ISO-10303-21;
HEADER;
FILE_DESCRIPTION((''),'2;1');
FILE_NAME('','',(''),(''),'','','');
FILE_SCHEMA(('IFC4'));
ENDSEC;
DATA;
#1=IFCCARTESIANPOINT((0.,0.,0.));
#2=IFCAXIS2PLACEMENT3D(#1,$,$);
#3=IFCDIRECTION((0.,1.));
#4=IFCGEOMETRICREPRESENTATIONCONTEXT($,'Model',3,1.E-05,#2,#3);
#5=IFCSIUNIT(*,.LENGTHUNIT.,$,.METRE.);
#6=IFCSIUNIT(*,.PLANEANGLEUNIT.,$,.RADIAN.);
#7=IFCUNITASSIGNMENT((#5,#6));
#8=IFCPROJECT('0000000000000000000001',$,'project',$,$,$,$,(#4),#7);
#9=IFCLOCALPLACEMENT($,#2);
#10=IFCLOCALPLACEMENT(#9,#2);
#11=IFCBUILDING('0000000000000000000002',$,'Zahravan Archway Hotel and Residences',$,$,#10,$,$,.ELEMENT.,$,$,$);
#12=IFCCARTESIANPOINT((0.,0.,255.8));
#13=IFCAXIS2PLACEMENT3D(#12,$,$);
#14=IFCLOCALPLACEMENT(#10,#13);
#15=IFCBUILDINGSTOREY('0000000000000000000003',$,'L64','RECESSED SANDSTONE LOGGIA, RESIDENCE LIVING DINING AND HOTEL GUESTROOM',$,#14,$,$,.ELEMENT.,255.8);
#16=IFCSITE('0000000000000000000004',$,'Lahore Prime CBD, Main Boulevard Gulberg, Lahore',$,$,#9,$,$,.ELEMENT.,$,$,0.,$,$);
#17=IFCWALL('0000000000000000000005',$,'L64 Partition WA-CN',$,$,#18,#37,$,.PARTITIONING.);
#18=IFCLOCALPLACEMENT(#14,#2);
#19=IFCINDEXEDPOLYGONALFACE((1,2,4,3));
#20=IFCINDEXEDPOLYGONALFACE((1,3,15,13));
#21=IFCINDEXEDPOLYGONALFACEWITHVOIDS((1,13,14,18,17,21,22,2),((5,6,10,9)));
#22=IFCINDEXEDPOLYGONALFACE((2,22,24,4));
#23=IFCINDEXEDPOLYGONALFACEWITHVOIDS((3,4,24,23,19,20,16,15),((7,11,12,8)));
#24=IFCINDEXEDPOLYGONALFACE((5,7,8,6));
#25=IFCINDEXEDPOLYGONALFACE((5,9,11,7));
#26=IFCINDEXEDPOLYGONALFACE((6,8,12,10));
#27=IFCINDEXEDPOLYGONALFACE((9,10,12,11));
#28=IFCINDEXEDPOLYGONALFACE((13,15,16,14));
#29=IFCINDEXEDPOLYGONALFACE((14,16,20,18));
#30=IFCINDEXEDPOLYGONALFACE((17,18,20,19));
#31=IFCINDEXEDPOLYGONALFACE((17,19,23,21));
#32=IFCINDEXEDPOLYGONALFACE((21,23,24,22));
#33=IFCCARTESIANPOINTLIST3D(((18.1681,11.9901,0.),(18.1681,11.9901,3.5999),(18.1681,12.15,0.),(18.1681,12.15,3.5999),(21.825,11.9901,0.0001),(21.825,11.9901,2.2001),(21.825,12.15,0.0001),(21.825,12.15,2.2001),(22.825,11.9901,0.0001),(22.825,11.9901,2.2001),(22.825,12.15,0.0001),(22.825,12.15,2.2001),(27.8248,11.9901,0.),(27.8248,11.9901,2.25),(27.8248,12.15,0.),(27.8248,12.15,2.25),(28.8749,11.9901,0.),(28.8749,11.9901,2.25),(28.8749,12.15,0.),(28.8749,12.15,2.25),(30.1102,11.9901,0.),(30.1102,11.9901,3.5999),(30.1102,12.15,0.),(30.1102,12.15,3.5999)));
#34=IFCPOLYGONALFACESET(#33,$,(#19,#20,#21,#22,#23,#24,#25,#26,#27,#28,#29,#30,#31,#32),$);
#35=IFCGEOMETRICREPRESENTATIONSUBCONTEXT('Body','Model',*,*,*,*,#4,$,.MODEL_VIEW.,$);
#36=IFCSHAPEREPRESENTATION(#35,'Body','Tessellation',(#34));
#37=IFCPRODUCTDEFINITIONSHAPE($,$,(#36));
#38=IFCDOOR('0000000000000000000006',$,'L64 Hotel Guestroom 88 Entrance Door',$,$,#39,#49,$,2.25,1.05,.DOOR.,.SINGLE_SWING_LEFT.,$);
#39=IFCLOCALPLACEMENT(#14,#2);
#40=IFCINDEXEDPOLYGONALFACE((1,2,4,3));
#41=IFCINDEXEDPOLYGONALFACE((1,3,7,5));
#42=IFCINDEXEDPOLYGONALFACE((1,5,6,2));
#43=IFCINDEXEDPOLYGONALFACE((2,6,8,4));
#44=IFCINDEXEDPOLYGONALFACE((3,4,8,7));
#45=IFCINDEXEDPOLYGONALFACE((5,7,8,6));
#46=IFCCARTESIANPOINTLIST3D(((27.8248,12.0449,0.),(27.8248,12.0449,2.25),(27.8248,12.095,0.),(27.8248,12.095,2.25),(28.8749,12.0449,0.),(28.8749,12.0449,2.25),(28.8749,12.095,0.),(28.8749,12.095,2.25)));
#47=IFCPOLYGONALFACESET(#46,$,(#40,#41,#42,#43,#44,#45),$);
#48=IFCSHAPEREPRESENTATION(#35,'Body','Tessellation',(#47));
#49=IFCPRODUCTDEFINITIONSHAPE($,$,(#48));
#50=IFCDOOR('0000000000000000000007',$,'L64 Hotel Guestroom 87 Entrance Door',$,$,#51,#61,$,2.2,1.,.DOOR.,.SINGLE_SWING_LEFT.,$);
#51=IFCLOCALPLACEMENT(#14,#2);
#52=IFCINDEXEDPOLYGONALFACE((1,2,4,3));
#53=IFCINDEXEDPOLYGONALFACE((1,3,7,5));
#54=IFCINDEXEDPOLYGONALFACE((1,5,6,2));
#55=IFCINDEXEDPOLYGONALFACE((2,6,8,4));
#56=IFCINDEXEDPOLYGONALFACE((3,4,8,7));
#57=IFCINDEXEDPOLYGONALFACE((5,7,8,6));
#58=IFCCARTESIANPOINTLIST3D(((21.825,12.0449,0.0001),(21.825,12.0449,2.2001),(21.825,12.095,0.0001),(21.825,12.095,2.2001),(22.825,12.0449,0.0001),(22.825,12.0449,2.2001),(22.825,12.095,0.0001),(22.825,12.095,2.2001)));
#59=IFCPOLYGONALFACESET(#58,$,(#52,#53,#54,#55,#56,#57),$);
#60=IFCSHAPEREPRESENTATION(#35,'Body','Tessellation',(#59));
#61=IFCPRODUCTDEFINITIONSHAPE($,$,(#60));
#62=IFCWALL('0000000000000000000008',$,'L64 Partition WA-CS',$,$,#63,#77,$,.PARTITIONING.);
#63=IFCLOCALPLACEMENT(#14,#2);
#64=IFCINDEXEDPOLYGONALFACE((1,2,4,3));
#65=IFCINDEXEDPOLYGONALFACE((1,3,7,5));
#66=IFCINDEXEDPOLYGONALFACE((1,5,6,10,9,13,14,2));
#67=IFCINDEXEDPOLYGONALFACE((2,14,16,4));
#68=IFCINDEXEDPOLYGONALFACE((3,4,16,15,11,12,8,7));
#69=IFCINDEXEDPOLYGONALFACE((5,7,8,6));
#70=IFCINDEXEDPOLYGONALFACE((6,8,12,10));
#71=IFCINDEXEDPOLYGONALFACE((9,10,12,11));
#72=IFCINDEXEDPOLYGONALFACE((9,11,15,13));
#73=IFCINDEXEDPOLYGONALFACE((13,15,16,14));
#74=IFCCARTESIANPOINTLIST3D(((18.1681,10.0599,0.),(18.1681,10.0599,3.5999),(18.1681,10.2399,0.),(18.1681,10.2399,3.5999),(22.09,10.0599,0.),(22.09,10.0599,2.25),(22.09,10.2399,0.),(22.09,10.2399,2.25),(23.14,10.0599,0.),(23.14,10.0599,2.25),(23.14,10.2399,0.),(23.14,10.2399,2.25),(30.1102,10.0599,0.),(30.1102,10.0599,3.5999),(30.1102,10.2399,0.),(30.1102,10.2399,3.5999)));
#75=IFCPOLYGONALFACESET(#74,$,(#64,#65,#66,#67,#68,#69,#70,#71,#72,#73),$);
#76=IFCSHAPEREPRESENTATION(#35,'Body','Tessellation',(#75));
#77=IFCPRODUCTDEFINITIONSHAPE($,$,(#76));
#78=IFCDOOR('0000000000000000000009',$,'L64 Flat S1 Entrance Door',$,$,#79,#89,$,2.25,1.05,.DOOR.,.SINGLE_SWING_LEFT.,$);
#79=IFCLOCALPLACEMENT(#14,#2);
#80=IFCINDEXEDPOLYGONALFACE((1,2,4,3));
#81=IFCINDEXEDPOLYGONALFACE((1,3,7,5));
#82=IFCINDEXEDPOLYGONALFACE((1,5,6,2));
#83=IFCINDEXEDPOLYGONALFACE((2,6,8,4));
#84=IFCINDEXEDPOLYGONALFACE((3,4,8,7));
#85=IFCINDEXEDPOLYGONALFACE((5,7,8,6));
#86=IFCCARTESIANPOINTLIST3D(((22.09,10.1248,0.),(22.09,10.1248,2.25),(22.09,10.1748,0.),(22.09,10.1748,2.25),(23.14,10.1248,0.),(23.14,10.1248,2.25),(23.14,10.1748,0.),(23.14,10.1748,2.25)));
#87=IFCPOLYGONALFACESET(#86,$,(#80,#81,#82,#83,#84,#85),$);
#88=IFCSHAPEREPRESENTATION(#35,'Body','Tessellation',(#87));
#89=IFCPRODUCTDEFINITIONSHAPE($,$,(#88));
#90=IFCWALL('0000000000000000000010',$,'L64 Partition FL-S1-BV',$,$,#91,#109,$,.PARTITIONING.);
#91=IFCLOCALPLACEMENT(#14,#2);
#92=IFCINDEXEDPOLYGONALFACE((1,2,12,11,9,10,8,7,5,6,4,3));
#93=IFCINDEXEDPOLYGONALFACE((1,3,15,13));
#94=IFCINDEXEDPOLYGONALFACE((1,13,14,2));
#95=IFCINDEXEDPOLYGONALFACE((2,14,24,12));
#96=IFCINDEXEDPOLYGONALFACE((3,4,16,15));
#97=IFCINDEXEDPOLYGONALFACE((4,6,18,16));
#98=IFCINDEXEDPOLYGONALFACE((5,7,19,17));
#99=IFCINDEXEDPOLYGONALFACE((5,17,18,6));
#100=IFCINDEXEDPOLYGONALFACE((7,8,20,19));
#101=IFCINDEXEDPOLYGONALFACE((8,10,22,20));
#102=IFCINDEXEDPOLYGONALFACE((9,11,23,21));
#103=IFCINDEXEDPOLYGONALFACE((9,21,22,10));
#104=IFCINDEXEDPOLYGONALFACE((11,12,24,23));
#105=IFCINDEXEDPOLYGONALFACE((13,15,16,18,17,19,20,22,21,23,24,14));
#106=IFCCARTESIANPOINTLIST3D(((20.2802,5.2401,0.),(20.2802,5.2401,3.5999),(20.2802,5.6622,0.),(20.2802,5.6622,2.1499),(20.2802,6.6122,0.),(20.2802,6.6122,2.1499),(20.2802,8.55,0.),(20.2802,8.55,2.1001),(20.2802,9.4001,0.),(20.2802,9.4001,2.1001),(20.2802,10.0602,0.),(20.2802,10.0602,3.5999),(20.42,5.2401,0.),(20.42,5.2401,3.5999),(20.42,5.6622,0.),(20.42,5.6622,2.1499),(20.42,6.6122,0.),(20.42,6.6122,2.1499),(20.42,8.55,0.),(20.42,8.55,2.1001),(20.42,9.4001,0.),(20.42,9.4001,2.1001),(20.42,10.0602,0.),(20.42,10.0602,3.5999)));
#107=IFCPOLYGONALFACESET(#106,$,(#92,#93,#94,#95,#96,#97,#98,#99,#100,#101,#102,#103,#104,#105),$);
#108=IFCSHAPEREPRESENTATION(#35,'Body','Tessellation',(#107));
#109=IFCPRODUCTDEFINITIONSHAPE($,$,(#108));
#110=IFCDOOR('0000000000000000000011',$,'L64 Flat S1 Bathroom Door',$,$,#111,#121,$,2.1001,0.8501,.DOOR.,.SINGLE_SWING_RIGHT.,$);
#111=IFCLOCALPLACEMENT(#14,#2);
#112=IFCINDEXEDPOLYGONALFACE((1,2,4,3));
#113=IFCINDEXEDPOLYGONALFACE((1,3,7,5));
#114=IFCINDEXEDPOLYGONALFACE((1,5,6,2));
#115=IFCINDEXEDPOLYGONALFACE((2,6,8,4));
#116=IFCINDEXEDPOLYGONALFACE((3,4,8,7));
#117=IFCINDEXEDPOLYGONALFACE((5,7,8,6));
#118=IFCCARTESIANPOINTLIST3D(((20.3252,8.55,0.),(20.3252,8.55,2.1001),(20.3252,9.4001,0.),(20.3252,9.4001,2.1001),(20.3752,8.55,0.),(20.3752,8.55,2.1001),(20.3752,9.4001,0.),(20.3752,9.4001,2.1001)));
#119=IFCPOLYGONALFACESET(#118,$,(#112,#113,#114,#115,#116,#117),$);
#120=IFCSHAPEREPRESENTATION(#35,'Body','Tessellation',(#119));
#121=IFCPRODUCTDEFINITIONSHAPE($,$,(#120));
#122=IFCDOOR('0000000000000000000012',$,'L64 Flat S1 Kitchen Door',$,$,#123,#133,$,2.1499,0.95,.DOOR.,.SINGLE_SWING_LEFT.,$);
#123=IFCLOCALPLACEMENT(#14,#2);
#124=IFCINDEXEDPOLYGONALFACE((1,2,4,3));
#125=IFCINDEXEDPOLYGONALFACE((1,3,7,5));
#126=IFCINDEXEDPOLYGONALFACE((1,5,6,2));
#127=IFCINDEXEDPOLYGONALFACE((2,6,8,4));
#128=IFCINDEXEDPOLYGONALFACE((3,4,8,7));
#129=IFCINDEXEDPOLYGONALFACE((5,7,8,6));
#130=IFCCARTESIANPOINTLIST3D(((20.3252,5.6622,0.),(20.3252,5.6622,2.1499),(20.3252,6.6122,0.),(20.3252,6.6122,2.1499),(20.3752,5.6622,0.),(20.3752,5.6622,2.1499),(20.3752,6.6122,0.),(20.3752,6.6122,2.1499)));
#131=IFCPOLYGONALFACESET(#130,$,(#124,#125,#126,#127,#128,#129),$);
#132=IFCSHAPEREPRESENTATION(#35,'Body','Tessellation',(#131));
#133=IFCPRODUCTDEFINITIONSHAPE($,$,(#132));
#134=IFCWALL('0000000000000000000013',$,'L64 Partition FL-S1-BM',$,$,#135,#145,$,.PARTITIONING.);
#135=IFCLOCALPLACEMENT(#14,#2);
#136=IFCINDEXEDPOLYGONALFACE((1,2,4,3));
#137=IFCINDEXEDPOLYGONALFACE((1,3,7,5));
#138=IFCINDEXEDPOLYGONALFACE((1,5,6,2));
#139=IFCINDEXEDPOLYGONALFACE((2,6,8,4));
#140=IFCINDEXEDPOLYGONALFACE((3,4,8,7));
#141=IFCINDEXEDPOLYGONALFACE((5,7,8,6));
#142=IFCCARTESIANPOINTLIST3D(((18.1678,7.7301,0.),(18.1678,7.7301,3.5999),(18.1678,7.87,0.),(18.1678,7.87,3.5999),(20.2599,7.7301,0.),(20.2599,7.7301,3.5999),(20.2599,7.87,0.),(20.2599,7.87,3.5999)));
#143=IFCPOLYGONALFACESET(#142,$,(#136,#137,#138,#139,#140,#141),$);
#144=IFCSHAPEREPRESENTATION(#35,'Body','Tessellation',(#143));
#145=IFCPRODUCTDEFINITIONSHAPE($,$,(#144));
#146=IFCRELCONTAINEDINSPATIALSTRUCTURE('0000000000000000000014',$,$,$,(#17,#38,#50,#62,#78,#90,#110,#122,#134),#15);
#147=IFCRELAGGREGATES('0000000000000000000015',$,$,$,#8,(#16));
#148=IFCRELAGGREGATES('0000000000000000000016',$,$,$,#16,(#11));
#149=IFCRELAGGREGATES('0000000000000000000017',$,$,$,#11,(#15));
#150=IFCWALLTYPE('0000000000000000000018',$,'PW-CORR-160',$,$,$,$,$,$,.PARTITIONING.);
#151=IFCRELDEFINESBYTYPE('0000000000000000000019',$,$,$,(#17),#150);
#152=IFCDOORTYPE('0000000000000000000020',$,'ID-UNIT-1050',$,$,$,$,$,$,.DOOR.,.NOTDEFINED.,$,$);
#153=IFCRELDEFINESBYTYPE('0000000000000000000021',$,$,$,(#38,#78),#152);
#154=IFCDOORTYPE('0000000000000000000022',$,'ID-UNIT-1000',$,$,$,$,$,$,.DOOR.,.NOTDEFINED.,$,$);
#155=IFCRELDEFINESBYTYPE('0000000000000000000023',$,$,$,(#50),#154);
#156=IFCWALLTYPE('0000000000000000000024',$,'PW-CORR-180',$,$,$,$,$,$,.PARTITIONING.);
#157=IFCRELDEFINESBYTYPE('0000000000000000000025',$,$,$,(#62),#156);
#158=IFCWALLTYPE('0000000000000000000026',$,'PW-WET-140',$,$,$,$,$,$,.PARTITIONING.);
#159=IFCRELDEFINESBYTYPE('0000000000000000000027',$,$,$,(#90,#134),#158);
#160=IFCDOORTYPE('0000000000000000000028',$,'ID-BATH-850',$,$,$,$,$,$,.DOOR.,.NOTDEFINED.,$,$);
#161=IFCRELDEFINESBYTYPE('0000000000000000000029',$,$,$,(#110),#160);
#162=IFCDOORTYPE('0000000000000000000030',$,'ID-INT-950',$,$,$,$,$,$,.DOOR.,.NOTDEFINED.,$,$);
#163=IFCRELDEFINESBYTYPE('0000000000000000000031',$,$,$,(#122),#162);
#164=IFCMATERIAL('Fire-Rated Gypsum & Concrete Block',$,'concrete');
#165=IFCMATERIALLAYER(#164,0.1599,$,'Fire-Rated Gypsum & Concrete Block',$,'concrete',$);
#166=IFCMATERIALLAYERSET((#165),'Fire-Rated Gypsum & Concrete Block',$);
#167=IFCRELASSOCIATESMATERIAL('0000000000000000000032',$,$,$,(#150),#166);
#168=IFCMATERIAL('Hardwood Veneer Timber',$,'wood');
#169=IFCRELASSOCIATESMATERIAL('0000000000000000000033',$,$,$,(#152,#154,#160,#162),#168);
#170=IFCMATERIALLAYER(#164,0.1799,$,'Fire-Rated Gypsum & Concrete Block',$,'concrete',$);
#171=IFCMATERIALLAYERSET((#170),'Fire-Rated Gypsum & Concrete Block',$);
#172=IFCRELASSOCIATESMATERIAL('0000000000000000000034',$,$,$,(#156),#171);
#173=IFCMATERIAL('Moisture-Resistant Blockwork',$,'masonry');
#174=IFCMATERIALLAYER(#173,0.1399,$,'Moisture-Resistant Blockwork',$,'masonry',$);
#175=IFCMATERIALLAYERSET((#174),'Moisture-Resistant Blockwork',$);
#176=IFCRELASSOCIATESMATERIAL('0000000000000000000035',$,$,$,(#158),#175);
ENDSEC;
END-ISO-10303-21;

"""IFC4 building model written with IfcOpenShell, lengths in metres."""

from ifc_helpers import new_model, si_unit, direction, frame, frame_2d, origin, place, context, subcontext, project, spatial, rectangle, extrude, source, transform, mapped, material, layer, layer_set, type_object, type_shapes, element, fill, save


model = new_model("IFC4")

# Units and contexts
model_context = context("Model", 3, precision=1e-05, world=origin(), true_north=direction((0.0, 1.0)))
body_context = subcontext(model_context, "Body", "Model", "MODEL_VIEW")
ifc_project = project(units=[si_unit("LENGTHUNIT", "METRE"), si_unit("PLANEANGLEUNIT", "RADIAN")], contexts=[model_context])

# Site, building, storey
site_placement = place(None, origin())
site = spatial("IfcSite", under=ifc_project, at=site_placement, Name="Lahore Prime CBD, Main Boulevard Gulberg, Lahore", CompositionType="ELEMENT", RefElevation=0.0)
building_placement = place(site_placement, origin())
building = spatial("IfcBuilding", under=site, at=building_placement, Name="Zahravan Archway Hotel and Residences", CompositionType="ELEMENT")
storey_placement = place(building_placement, frame((0.0, 0.0, 255.8)))
storey = spatial("IfcBuildingStorey", under=building, at=storey_placement, Name="L64", Description="RECESSED SANDSTONE LOGGIA, RESIDENCE LIVING DINING AND HOTEL GUESTROOM", CompositionType="ELEMENT", Elevation=255.8)

# Wall, openings, doors
ifc_material_1 = material(Name="Fire-Rated Gypsum & Concrete Block", Category="concrete")
ifc_layer_1 = layer(ifc_material_1, 0.1599, Name="Fire-Rated Gypsum & Concrete Block", Category="concrete")
ifc_layer_set_1 = layer_set([ifc_layer_1], Name="Fire-Rated Gypsum & Concrete Block")
wall_type_1 = type_object("IfcWallType", Name="PW-CORR-160", PredefinedType="PARTITIONING", material=ifc_layer_set_1)
wall_1_placement = place(storey_placement, frame((18.168, 12.0701, 0.0), z_axis=(0.0, 0.0, 1.0), x_axis=(1.0, 0.0, 0.0)))
wall_1 = element("IfcWall", 1, at=wall_1_placement, inside=storey, type_object=wall_type_1, Name="L64 Partition WA-CN", PredefinedType="PARTITIONING", context=body_context, shape_type="SweptSolid", body=[
    extrude(rectangle(XDim=11.9421, YDim=0.1599, at=frame_2d((5.9712, 0.0))), origin(), (0.0, 0.0, 1.0), 3.5999),
])
opening_1_placement = place(wall_1_placement, frame((3.657, 0.0, 0.0)))
opening_1 = element("IfcOpeningElement", 2, at=opening_1_placement, cuts=wall_1, PredefinedType="OPENING", context=body_context, shape_type="SweptSolid", body=[
    extrude(rectangle(XDim=1.0, YDim=2.2, at=frame_2d((0.5, 1.1001))), frame((0.0, 0.0898, 0.0), z_axis=(0.0, -1.0, 0.0), x_axis=(1.0, 0.0, 0.0)), (0.0, 0.0, 1.0), 0.1799),
])
opening_2_placement = place(wall_1_placement, frame((9.657, 0.0, 0.0)))
opening_2 = element("IfcOpeningElement", 3, at=opening_2_placement, cuts=wall_1, PredefinedType="OPENING", context=body_context, shape_type="SweptSolid", body=[
    extrude(rectangle(XDim=1.05, YDim=2.25, at=frame_2d((0.5249, 1.125))), frame((0.0, 0.0898, 0.0), z_axis=(0.0, -1.0, 0.0), x_axis=(1.0, 0.0, 0.0)), (0.0, 0.0, 1.0), 0.1799),
])
ifc_material_2 = material(Name="Hardwood Veneer Timber", Category="wood")
door_type_1 = type_object("IfcDoorType", Name="ID-UNIT-1050", OperationType="NOTDEFINED", PredefinedType="DOOR", material=ifc_material_2)
shared_shape_1 = source(origin(), body_context, "Body", "SweptSolid", [
    extrude(rectangle(XDim=1.05, YDim=2.25, at=frame_2d((0.5249, 1.125))), frame((0.0, 0.0249, 0.0), z_axis=(0.0, -1.0, 0.0), x_axis=(1.0, 0.0, 0.0)), (0.0, 0.0, 1.0), 0.05),
])
type_shapes(door_type_1, [shared_shape_1])
door_1_placement = place(opening_2_placement, origin())
door_1 = element("IfcDoor", 4, at=door_1_placement, inside=storey, type_object=door_type_1, Name="L64 Hotel Guestroom 88 Entrance Door", OperationType="SINGLE_SWING_LEFT", OverallHeight=2.25, OverallWidth=1.05, PredefinedType="DOOR", context=body_context, shape_type="MappedRepresentation", body=[
    mapped(shared_shape_1, transform((0.0, 0.0, 0.0), scale=1.0)),
])
fill(opening_2, door_1)
door_type_2 = type_object("IfcDoorType", Name="ID-UNIT-1000", OperationType="NOTDEFINED", PredefinedType="DOOR", material=ifc_material_2)
shared_shape_2 = source(origin(), body_context, "Body", "SweptSolid", [
    extrude(rectangle(XDim=1.0, YDim=2.2, at=frame_2d((0.5, 1.1001))), frame((0.0, 0.0249, 0.0), z_axis=(0.0, -1.0, 0.0), x_axis=(1.0, 0.0, 0.0)), (0.0, 0.0, 1.0), 0.05),
])
type_shapes(door_type_2, [shared_shape_2])
door_2_placement = place(opening_1_placement, origin())
door_2 = element("IfcDoor", 5, at=door_2_placement, inside=storey, type_object=door_type_2, Name="L64 Hotel Guestroom 87 Entrance Door", OperationType="SINGLE_SWING_LEFT", OverallHeight=2.2, OverallWidth=1.0, PredefinedType="DOOR", context=body_context, shape_type="MappedRepresentation", body=[
    mapped(shared_shape_2, transform((0.0, 0.0, 0.0), scale=1.0)),
])
fill(opening_1, door_2)

# Wall, opening, door
ifc_layer_2 = layer(ifc_material_1, 0.1799, Name="Fire-Rated Gypsum & Concrete Block", Category="concrete")
ifc_layer_set_2 = layer_set([ifc_layer_2], Name="Fire-Rated Gypsum & Concrete Block")
wall_type_2 = type_object("IfcWallType", Name="PW-CORR-180", PredefinedType="PARTITIONING", material=ifc_layer_set_2)
wall_2_placement = place(storey_placement, frame((18.168, 10.1499, 0.0), z_axis=(0.0, 0.0, 1.0), x_axis=(1.0, 0.0, 0.0)))
wall_2 = element("IfcWall", 6, at=wall_2_placement, inside=storey, type_object=wall_type_2, Name="L64 Partition WA-CS", PredefinedType="PARTITIONING", context=body_context, shape_type="SweptSolid", body=[
    extrude(rectangle(XDim=11.9421, YDim=0.1799, at=frame_2d((5.9712, 0.0))), origin(), (0.0, 0.0, 1.0), 3.5999),
])
opening_3_placement = place(wall_2_placement, frame((3.9221, 0.0, 0.0)))
opening_3 = element("IfcOpeningElement", 7, at=opening_3_placement, cuts=wall_2, PredefinedType="OPENING", context=body_context, shape_type="SweptSolid", body=[
    extrude(rectangle(XDim=1.05, YDim=2.25, at=frame_2d((0.5249, 1.125))), frame((0.0, 0.1001, 0.0), z_axis=(0.0, -1.0, 0.0), x_axis=(1.0, 0.0, 0.0)), (0.0, 0.0, 1.0), 0.2),
])
door_3_placement = place(opening_3_placement, origin())
door_3 = element("IfcDoor", 8, at=door_3_placement, inside=storey, type_object=door_type_1, Name="L64 Flat S1 Entrance Door", OperationType="SINGLE_SWING_LEFT", OverallHeight=2.25, OverallWidth=1.05, PredefinedType="DOOR", context=body_context, shape_type="MappedRepresentation", body=[
    mapped(shared_shape_1, transform((0.0, 0.0, 0.0), scale=1.0)),
])
fill(opening_3, door_3)

# Wall, openings, doors
ifc_material_3 = material(Name="Moisture-Resistant Blockwork", Category="masonry")
ifc_layer_3 = layer(ifc_material_3, 0.1399, Name="Moisture-Resistant Blockwork", Category="masonry")
ifc_layer_set_3 = layer_set([ifc_layer_3], Name="Moisture-Resistant Blockwork")
wall_type_3 = type_object("IfcWallType", Name="PW-WET-140", PredefinedType="PARTITIONING", material=ifc_layer_set_3)
wall_3_placement = place(storey_placement, frame((20.3501, 5.24, 0.0), z_axis=(0.0, 0.0, 1.0), x_axis=(0.0, 1.0, 0.0)))
wall_3 = element("IfcWall", 9, at=wall_3_placement, inside=storey, type_object=wall_type_3, Name="L64 Partition FL-S1-BV", PredefinedType="PARTITIONING", context=body_context, shape_type="SweptSolid", body=[
    extrude(rectangle(XDim=4.8201, YDim=0.1399, at=frame_2d((2.4102, 0.0))), origin(), (0.0, 0.0, 1.0), 3.5999),
])
opening_4_placement = place(wall_3_placement, frame((0.4221, 0.0, 0.0)))
opening_4 = element("IfcOpeningElement", 10, at=opening_4_placement, cuts=wall_3, PredefinedType="OPENING", context=body_context, shape_type="SweptSolid", body=[
    extrude(rectangle(XDim=0.95, YDim=2.1499, at=frame_2d((0.4751, 1.075))), frame((0.0, 0.0801, 0.0), z_axis=(0.0, -1.0, 0.0), x_axis=(1.0, 0.0, 0.0)), (0.0, 0.0, 1.0), 0.1599),
])
opening_5_placement = place(wall_3_placement, frame((3.3101, 0.0, 0.0)))
opening_5 = element("IfcOpeningElement", 11, at=opening_5_placement, cuts=wall_3, PredefinedType="OPENING", context=body_context, shape_type="SweptSolid", body=[
    extrude(rectangle(XDim=0.8501, YDim=2.1001, at=frame_2d((0.425, 1.05))), frame((0.0, 0.0801, 0.0), z_axis=(0.0, -1.0, 0.0), x_axis=(1.0, 0.0, 0.0)), (0.0, 0.0, 1.0), 0.1599),
])
door_type_3 = type_object("IfcDoorType", Name="ID-BATH-850", OperationType="NOTDEFINED", PredefinedType="DOOR", material=ifc_material_2)
shared_shape_3 = source(origin(), body_context, "Body", "SweptSolid", [
    extrude(rectangle(XDim=0.8501, YDim=2.1001, at=frame_2d((0.425, 1.05))), frame((0.0, 0.0249, 0.0), z_axis=(0.0, -1.0, 0.0), x_axis=(1.0, 0.0, 0.0)), (0.0, 0.0, 1.0), 0.05),
])
type_shapes(door_type_3, [shared_shape_3])
door_4_placement = place(opening_5_placement, origin())
door_4 = element("IfcDoor", 12, at=door_4_placement, inside=storey, type_object=door_type_3, Name="L64 Flat S1 Bathroom Door", OperationType="SINGLE_SWING_RIGHT", OverallHeight=2.1001, OverallWidth=0.8501, PredefinedType="DOOR", context=body_context, shape_type="MappedRepresentation", body=[
    mapped(shared_shape_3, transform((0.0, 0.0, 0.0), scale=1.0)),
])
fill(opening_5, door_4)
door_type_4 = type_object("IfcDoorType", Name="ID-INT-950", OperationType="NOTDEFINED", PredefinedType="DOOR", material=ifc_material_2)
shared_shape_4 = source(origin(), body_context, "Body", "SweptSolid", [
    extrude(rectangle(XDim=0.95, YDim=2.1499, at=frame_2d((0.4751, 1.075))), frame((0.0, 0.0249, 0.0), z_axis=(0.0, -1.0, 0.0), x_axis=(1.0, 0.0, 0.0)), (0.0, 0.0, 1.0), 0.05),
])
type_shapes(door_type_4, [shared_shape_4])
door_5_placement = place(opening_4_placement, origin())
door_5 = element("IfcDoor", 13, at=door_5_placement, inside=storey, type_object=door_type_4, Name="L64 Flat S1 Kitchen Door", OperationType="SINGLE_SWING_LEFT", OverallHeight=2.1499, OverallWidth=0.95, PredefinedType="DOOR", context=body_context, shape_type="MappedRepresentation", body=[
    mapped(shared_shape_4, transform((0.0, 0.0, 0.0), scale=1.0)),
])
fill(opening_4, door_5)

# Wall
wall_4_placement = place(storey_placement, frame((18.168, 7.8, 0.0), z_axis=(0.0, 0.0, 1.0), x_axis=(1.0, 0.0, 0.0)))
element("IfcWall", 14, at=wall_4_placement, inside=storey, type_object=wall_type_3, Name="L64 Partition FL-S1-BM", PredefinedType="PARTITIONING", context=body_context, shape_type="SweptSolid", body=[
    extrude(rectangle(XDim=2.092, YDim=0.1399, at=frame_2d((1.0459, 0.0))), origin(), (0.0, 0.0, 1.0), 3.5999),
])

save(model, "model.ifc")
